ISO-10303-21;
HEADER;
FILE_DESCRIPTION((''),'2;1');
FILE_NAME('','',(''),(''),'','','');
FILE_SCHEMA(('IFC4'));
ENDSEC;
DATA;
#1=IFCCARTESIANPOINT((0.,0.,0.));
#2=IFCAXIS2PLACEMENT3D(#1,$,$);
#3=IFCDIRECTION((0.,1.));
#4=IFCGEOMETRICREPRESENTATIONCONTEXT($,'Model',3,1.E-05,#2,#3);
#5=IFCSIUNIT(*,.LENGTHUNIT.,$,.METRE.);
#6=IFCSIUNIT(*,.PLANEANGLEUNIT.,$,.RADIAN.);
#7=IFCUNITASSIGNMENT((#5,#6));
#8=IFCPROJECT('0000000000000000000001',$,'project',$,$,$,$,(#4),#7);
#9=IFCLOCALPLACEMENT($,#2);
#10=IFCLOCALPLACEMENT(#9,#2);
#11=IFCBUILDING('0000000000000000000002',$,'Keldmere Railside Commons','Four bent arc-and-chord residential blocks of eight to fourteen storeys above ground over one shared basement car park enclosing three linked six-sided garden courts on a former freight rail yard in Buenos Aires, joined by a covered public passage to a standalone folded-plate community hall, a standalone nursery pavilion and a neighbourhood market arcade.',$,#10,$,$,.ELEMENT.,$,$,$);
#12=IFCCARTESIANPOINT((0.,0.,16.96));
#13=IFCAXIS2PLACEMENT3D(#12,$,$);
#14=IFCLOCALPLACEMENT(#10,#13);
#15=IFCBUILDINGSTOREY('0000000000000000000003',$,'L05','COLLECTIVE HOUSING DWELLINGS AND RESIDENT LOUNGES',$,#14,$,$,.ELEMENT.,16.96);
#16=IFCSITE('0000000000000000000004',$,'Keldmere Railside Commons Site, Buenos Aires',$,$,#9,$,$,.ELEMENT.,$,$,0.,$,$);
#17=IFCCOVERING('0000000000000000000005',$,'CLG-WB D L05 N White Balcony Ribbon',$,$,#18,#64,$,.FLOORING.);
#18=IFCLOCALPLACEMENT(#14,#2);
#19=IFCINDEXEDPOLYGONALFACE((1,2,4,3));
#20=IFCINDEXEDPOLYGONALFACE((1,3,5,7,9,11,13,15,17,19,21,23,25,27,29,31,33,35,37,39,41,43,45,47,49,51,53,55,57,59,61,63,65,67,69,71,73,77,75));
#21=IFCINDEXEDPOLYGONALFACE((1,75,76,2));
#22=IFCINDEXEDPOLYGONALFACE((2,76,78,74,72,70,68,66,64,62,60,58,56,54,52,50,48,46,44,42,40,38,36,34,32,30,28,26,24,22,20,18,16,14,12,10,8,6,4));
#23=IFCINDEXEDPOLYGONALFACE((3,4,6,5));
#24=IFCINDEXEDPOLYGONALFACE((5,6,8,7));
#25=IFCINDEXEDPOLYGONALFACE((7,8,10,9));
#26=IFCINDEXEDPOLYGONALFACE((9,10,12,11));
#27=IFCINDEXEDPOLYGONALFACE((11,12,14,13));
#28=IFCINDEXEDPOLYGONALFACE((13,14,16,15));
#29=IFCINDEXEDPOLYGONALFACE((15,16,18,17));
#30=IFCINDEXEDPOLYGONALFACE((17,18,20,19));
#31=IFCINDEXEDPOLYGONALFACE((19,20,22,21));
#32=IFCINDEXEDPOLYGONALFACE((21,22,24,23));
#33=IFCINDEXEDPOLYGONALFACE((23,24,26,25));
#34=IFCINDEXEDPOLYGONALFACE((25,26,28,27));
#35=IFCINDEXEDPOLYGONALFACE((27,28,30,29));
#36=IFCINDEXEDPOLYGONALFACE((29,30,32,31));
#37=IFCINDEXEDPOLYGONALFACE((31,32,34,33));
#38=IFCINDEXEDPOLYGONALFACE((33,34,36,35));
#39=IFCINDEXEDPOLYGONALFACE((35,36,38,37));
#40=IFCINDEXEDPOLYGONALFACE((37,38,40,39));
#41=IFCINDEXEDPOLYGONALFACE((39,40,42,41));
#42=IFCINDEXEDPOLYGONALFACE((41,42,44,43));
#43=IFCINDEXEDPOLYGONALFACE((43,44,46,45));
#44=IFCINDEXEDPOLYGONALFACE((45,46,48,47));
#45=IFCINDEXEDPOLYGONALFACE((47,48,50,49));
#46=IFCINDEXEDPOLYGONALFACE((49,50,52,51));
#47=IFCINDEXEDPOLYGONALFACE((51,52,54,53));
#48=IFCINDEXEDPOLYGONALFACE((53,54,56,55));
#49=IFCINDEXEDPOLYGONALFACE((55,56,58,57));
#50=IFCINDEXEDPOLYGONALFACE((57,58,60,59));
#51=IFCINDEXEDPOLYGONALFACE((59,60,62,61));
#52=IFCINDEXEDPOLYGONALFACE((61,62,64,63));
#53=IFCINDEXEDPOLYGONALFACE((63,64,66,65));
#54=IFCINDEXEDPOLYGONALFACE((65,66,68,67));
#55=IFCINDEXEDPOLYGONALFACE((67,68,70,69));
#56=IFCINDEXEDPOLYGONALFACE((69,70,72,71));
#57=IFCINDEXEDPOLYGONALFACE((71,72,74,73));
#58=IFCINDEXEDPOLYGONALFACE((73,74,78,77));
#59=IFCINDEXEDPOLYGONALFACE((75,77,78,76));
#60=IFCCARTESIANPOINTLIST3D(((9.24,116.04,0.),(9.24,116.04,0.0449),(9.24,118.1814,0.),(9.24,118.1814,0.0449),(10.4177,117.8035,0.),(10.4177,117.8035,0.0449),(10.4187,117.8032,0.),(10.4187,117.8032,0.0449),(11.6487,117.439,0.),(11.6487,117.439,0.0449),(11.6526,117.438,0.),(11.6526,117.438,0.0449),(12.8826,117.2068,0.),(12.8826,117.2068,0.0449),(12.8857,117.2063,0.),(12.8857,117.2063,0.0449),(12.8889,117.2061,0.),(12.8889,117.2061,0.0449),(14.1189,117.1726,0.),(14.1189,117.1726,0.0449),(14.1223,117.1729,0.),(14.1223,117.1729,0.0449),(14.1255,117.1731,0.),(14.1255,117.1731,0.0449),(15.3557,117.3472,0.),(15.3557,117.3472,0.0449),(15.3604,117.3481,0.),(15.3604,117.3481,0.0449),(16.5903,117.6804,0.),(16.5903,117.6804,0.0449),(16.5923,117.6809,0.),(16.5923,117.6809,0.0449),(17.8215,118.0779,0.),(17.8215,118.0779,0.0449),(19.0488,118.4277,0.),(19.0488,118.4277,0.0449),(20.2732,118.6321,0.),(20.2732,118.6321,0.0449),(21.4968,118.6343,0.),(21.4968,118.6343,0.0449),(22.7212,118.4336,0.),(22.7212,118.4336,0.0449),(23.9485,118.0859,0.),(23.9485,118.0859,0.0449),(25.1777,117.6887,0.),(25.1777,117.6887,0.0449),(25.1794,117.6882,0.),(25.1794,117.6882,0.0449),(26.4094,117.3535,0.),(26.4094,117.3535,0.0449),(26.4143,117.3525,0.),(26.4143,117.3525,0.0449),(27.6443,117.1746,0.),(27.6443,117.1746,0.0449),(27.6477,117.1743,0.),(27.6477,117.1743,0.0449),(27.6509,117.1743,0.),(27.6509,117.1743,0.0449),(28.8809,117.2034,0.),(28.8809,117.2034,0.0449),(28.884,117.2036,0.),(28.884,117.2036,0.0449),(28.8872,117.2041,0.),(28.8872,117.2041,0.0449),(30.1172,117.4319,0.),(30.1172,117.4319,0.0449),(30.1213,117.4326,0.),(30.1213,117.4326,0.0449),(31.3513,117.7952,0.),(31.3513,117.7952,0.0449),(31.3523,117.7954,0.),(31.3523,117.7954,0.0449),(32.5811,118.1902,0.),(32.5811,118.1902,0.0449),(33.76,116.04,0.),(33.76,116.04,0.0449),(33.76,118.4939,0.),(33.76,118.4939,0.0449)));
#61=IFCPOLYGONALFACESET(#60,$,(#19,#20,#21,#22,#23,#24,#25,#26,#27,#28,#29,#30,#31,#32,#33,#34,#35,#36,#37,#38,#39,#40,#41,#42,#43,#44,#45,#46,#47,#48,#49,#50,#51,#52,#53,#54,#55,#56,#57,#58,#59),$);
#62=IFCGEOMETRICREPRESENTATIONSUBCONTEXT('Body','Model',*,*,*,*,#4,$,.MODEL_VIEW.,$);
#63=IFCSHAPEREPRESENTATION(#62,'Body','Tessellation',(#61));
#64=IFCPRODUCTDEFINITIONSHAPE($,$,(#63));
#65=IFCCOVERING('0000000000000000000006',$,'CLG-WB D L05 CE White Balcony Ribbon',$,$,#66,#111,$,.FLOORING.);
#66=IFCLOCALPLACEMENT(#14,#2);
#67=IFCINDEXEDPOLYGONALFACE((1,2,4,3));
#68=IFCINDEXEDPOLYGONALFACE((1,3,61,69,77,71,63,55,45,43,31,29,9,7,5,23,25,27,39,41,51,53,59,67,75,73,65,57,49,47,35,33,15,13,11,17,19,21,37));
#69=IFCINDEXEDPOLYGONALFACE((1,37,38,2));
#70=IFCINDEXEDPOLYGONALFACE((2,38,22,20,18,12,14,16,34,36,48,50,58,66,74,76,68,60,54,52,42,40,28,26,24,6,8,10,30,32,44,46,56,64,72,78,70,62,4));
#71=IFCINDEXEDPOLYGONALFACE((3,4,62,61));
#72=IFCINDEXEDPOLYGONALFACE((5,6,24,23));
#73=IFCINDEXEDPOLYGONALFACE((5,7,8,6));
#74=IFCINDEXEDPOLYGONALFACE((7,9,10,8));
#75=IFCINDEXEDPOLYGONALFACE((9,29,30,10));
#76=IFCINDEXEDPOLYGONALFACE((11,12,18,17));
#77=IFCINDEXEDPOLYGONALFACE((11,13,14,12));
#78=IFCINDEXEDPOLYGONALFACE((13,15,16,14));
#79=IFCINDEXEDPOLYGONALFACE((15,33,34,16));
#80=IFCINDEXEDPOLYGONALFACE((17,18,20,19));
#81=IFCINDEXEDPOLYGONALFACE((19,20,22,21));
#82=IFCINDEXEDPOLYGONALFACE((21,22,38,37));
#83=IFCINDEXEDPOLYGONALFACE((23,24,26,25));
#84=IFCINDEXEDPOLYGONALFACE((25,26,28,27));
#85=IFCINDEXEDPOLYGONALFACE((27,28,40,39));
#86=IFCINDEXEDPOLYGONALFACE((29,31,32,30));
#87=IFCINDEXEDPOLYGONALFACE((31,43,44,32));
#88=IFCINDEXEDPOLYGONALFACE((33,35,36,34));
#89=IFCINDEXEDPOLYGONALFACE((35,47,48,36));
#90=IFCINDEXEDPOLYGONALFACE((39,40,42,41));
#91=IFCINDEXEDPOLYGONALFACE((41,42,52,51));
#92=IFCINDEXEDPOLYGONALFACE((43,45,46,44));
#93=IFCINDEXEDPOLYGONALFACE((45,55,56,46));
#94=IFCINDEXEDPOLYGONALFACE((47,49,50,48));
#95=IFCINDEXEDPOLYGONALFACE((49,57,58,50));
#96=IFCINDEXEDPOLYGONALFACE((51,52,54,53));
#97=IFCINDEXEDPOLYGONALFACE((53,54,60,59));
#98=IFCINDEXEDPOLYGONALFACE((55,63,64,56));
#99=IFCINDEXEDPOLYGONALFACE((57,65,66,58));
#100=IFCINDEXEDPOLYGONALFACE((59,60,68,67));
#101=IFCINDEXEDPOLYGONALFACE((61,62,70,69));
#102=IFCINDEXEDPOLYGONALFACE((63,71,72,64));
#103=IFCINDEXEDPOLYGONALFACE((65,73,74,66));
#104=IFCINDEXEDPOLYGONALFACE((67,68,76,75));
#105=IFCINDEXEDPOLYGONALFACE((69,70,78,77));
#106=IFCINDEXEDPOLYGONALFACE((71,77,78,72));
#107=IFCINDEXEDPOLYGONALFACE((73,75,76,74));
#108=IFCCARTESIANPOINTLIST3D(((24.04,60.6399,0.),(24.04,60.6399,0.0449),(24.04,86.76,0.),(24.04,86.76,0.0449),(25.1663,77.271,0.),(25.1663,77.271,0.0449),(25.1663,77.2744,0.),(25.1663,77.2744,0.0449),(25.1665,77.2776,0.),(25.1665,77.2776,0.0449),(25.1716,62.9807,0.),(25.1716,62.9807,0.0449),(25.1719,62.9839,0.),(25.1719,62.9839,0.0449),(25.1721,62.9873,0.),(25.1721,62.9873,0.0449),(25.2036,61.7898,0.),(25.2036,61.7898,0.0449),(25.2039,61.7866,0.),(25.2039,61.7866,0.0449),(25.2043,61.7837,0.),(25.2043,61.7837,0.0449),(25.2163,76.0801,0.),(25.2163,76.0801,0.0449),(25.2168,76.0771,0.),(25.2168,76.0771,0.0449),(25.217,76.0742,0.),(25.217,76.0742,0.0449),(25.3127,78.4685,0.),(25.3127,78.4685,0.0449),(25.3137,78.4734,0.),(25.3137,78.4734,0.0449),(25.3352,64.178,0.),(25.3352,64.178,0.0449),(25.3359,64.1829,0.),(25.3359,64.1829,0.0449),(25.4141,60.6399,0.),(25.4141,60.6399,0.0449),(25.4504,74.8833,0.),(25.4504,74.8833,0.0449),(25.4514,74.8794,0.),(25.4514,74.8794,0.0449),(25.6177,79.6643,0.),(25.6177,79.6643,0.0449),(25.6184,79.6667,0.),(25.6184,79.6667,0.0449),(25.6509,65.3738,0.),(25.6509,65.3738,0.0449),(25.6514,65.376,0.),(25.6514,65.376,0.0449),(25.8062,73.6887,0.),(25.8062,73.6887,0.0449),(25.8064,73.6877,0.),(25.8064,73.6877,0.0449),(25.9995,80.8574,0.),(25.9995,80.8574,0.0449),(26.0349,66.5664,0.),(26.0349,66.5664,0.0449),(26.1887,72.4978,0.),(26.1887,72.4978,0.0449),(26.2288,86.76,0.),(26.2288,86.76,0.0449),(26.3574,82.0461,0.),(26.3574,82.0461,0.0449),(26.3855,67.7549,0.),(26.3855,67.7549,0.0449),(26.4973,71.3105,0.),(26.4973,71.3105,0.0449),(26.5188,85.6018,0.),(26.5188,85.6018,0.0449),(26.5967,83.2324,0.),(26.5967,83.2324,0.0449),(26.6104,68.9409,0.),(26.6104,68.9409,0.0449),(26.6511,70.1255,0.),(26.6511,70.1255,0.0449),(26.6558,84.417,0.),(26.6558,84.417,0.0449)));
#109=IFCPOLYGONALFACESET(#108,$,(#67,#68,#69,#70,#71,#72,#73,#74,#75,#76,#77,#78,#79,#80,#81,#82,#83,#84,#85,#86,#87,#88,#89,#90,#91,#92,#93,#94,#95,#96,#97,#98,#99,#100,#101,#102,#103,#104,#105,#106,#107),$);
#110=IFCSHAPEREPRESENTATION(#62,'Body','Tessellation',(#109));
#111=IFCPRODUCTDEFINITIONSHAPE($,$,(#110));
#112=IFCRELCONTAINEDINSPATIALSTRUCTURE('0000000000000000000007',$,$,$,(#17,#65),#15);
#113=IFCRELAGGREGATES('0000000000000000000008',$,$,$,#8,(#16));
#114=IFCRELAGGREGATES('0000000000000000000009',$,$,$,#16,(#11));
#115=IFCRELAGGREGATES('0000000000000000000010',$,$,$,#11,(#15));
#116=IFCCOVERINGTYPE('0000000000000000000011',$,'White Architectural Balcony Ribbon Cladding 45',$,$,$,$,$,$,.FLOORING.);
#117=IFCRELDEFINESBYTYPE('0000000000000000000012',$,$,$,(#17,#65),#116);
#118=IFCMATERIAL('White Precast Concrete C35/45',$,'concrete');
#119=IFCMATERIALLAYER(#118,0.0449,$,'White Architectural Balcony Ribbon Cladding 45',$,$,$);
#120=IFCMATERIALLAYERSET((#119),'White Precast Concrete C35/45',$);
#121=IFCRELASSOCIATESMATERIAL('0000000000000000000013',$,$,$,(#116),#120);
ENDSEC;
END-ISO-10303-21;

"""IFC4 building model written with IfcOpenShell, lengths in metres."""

from ifc_helpers import new_model, si_unit, direction, frame, origin, place, context, subcontext, project, spatial, polyline, outline, extrude, material, layer, layer_set, type_object, element, save


model = new_model("IFC4")

# Units and contexts
model_context = context("Model", 3, precision=1e-05, world=origin(), true_north=direction((0.0, 1.0)))
body_context = subcontext(model_context, "Body", "Model", "MODEL_VIEW")
ifc_project = project(units=[si_unit("LENGTHUNIT", "METRE"), si_unit("PLANEANGLEUNIT", "RADIAN")], contexts=[model_context])

# Site, building, storey
site_placement = place(None, origin())
site = spatial("IfcSite", under=ifc_project, at=site_placement, Name="Keldmere Railside Commons Site, Buenos Aires", CompositionType="ELEMENT", RefElevation=0.0)
building_placement = place(site_placement, origin())
building = spatial("IfcBuilding", under=site, at=building_placement, Name="Keldmere Railside Commons", Description="Four bent arc-and-chord residential blocks of eight to fourteen storeys above ground over one shared basement car park enclosing three linked six-sided garden courts on a former freight rail yard in Buenos Aires, joined by a covered public passage to a standalone folded-plate community hall, a standalone nursery pavilion and a neighbourhood market arcade.", CompositionType="ELEMENT")
storey_placement = place(building_placement, frame((0.0, 0.0, 16.96)))
storey = spatial("IfcBuildingStorey", under=building, at=storey_placement, Name="L05", Description="COLLECTIVE HOUSING DWELLINGS AND RESIDENT LOUNGES", CompositionType="ELEMENT", Elevation=16.96)

# Coverings
ifc_material_1 = material(Name="White Precast Concrete C35/45", Category="concrete")
ifc_layer_1 = layer(ifc_material_1, 0.0449, Name="White Architectural Balcony Ribbon Cladding 45")
ifc_layer_set_1 = layer_set([ifc_layer_1], Name="White Precast Concrete C35/45")
covering_type = type_object("IfcCoveringType", Name="White Architectural Balcony Ribbon Cladding 45", PredefinedType="FLOORING", material=ifc_layer_set_1)
covering_1_placement = place(storey_placement, origin())
element("IfcCovering", 1, at=covering_1_placement, inside=storey, type_object=covering_type, Name="CLG-WB D L05 N White Balcony Ribbon", PredefinedType="FLOORING", context=body_context, shape_type="SweptSolid", body=[
    extrude(outline(polyline([(33.76, 116.04), (33.76, 118.4939), (32.5811, 118.1902), (31.3523, 117.7954), (31.3513, 117.7952), (30.1213, 117.4326), (30.1172, 117.4319), (28.8872, 117.2041), (28.884, 117.2036), (28.8809, 117.2034), (27.6509, 117.1743), (27.6477, 117.1743), (27.6443, 117.1746), (26.4143, 117.3525), (26.4094, 117.3535), (25.1794, 117.6882), (25.1777, 117.6887), (23.9485, 118.0859), (22.7212, 118.4336), (21.4968, 118.6343), (20.2732, 118.6321), (19.0488, 118.4277), (17.8215, 118.0779), (16.5923, 117.6809), (16.5903, 117.6804), (15.3604, 117.3481), (15.3557, 117.3472), (14.1255, 117.1731), (14.1223, 117.1729), (14.1189, 117.1726), (12.8889, 117.2061), (12.8857, 117.2063), (12.8826, 117.2068), (11.6526, 117.438), (11.6487, 117.439), (10.4187, 117.8032), (10.4177, 117.8035), (9.24, 118.1814), (9.24, 116.04), (33.76, 116.04)])), origin(), (0.0, 0.0, 1.0), 0.0449),
])
covering_2_placement = place(storey_placement, origin())
element("IfcCovering", 2, at=covering_2_placement, inside=storey, type_object=covering_type, Name="CLG-WB D L05 CE White Balcony Ribbon", PredefinedType="FLOORING", context=body_context, shape_type="SweptSolid", body=[
    extrude(outline(polyline([(25.2043, 61.7837), (25.2039, 61.7866), (25.2036, 61.7898), (25.1716, 62.9807), (25.1719, 62.9839), (25.1721, 62.9873), (25.3352, 64.178), (25.3359, 64.1829), (25.6509, 65.3738), (25.6514, 65.376), (26.0349, 66.5664), (26.3855, 67.7549), (26.6104, 68.9409), (26.6511, 70.1255), (26.4973, 71.3105), (26.1887, 72.4978), (25.8064, 73.6877), (25.8062, 73.6887), (25.4514, 74.8794), (25.4504, 74.8833), (25.217, 76.0742), (25.2168, 76.0771), (25.2163, 76.0801), (25.1663, 77.271), (25.1663, 77.2744), (25.1665, 77.2776), (25.3127, 78.4685), (25.3137, 78.4734), (25.6177, 79.6643), (25.6184, 79.6667), (25.9995, 80.8574), (26.3574, 82.0461), (26.5967, 83.2324), (26.6558, 84.417), (26.5188, 85.6018), (26.2288, 86.76), (24.04, 86.76), (24.04, 60.6399), (25.4141, 60.6399), (25.2043, 61.7837)])), origin(), (0.0, 0.0, 1.0), 0.0449),
])

save(model, "model.ifc")
